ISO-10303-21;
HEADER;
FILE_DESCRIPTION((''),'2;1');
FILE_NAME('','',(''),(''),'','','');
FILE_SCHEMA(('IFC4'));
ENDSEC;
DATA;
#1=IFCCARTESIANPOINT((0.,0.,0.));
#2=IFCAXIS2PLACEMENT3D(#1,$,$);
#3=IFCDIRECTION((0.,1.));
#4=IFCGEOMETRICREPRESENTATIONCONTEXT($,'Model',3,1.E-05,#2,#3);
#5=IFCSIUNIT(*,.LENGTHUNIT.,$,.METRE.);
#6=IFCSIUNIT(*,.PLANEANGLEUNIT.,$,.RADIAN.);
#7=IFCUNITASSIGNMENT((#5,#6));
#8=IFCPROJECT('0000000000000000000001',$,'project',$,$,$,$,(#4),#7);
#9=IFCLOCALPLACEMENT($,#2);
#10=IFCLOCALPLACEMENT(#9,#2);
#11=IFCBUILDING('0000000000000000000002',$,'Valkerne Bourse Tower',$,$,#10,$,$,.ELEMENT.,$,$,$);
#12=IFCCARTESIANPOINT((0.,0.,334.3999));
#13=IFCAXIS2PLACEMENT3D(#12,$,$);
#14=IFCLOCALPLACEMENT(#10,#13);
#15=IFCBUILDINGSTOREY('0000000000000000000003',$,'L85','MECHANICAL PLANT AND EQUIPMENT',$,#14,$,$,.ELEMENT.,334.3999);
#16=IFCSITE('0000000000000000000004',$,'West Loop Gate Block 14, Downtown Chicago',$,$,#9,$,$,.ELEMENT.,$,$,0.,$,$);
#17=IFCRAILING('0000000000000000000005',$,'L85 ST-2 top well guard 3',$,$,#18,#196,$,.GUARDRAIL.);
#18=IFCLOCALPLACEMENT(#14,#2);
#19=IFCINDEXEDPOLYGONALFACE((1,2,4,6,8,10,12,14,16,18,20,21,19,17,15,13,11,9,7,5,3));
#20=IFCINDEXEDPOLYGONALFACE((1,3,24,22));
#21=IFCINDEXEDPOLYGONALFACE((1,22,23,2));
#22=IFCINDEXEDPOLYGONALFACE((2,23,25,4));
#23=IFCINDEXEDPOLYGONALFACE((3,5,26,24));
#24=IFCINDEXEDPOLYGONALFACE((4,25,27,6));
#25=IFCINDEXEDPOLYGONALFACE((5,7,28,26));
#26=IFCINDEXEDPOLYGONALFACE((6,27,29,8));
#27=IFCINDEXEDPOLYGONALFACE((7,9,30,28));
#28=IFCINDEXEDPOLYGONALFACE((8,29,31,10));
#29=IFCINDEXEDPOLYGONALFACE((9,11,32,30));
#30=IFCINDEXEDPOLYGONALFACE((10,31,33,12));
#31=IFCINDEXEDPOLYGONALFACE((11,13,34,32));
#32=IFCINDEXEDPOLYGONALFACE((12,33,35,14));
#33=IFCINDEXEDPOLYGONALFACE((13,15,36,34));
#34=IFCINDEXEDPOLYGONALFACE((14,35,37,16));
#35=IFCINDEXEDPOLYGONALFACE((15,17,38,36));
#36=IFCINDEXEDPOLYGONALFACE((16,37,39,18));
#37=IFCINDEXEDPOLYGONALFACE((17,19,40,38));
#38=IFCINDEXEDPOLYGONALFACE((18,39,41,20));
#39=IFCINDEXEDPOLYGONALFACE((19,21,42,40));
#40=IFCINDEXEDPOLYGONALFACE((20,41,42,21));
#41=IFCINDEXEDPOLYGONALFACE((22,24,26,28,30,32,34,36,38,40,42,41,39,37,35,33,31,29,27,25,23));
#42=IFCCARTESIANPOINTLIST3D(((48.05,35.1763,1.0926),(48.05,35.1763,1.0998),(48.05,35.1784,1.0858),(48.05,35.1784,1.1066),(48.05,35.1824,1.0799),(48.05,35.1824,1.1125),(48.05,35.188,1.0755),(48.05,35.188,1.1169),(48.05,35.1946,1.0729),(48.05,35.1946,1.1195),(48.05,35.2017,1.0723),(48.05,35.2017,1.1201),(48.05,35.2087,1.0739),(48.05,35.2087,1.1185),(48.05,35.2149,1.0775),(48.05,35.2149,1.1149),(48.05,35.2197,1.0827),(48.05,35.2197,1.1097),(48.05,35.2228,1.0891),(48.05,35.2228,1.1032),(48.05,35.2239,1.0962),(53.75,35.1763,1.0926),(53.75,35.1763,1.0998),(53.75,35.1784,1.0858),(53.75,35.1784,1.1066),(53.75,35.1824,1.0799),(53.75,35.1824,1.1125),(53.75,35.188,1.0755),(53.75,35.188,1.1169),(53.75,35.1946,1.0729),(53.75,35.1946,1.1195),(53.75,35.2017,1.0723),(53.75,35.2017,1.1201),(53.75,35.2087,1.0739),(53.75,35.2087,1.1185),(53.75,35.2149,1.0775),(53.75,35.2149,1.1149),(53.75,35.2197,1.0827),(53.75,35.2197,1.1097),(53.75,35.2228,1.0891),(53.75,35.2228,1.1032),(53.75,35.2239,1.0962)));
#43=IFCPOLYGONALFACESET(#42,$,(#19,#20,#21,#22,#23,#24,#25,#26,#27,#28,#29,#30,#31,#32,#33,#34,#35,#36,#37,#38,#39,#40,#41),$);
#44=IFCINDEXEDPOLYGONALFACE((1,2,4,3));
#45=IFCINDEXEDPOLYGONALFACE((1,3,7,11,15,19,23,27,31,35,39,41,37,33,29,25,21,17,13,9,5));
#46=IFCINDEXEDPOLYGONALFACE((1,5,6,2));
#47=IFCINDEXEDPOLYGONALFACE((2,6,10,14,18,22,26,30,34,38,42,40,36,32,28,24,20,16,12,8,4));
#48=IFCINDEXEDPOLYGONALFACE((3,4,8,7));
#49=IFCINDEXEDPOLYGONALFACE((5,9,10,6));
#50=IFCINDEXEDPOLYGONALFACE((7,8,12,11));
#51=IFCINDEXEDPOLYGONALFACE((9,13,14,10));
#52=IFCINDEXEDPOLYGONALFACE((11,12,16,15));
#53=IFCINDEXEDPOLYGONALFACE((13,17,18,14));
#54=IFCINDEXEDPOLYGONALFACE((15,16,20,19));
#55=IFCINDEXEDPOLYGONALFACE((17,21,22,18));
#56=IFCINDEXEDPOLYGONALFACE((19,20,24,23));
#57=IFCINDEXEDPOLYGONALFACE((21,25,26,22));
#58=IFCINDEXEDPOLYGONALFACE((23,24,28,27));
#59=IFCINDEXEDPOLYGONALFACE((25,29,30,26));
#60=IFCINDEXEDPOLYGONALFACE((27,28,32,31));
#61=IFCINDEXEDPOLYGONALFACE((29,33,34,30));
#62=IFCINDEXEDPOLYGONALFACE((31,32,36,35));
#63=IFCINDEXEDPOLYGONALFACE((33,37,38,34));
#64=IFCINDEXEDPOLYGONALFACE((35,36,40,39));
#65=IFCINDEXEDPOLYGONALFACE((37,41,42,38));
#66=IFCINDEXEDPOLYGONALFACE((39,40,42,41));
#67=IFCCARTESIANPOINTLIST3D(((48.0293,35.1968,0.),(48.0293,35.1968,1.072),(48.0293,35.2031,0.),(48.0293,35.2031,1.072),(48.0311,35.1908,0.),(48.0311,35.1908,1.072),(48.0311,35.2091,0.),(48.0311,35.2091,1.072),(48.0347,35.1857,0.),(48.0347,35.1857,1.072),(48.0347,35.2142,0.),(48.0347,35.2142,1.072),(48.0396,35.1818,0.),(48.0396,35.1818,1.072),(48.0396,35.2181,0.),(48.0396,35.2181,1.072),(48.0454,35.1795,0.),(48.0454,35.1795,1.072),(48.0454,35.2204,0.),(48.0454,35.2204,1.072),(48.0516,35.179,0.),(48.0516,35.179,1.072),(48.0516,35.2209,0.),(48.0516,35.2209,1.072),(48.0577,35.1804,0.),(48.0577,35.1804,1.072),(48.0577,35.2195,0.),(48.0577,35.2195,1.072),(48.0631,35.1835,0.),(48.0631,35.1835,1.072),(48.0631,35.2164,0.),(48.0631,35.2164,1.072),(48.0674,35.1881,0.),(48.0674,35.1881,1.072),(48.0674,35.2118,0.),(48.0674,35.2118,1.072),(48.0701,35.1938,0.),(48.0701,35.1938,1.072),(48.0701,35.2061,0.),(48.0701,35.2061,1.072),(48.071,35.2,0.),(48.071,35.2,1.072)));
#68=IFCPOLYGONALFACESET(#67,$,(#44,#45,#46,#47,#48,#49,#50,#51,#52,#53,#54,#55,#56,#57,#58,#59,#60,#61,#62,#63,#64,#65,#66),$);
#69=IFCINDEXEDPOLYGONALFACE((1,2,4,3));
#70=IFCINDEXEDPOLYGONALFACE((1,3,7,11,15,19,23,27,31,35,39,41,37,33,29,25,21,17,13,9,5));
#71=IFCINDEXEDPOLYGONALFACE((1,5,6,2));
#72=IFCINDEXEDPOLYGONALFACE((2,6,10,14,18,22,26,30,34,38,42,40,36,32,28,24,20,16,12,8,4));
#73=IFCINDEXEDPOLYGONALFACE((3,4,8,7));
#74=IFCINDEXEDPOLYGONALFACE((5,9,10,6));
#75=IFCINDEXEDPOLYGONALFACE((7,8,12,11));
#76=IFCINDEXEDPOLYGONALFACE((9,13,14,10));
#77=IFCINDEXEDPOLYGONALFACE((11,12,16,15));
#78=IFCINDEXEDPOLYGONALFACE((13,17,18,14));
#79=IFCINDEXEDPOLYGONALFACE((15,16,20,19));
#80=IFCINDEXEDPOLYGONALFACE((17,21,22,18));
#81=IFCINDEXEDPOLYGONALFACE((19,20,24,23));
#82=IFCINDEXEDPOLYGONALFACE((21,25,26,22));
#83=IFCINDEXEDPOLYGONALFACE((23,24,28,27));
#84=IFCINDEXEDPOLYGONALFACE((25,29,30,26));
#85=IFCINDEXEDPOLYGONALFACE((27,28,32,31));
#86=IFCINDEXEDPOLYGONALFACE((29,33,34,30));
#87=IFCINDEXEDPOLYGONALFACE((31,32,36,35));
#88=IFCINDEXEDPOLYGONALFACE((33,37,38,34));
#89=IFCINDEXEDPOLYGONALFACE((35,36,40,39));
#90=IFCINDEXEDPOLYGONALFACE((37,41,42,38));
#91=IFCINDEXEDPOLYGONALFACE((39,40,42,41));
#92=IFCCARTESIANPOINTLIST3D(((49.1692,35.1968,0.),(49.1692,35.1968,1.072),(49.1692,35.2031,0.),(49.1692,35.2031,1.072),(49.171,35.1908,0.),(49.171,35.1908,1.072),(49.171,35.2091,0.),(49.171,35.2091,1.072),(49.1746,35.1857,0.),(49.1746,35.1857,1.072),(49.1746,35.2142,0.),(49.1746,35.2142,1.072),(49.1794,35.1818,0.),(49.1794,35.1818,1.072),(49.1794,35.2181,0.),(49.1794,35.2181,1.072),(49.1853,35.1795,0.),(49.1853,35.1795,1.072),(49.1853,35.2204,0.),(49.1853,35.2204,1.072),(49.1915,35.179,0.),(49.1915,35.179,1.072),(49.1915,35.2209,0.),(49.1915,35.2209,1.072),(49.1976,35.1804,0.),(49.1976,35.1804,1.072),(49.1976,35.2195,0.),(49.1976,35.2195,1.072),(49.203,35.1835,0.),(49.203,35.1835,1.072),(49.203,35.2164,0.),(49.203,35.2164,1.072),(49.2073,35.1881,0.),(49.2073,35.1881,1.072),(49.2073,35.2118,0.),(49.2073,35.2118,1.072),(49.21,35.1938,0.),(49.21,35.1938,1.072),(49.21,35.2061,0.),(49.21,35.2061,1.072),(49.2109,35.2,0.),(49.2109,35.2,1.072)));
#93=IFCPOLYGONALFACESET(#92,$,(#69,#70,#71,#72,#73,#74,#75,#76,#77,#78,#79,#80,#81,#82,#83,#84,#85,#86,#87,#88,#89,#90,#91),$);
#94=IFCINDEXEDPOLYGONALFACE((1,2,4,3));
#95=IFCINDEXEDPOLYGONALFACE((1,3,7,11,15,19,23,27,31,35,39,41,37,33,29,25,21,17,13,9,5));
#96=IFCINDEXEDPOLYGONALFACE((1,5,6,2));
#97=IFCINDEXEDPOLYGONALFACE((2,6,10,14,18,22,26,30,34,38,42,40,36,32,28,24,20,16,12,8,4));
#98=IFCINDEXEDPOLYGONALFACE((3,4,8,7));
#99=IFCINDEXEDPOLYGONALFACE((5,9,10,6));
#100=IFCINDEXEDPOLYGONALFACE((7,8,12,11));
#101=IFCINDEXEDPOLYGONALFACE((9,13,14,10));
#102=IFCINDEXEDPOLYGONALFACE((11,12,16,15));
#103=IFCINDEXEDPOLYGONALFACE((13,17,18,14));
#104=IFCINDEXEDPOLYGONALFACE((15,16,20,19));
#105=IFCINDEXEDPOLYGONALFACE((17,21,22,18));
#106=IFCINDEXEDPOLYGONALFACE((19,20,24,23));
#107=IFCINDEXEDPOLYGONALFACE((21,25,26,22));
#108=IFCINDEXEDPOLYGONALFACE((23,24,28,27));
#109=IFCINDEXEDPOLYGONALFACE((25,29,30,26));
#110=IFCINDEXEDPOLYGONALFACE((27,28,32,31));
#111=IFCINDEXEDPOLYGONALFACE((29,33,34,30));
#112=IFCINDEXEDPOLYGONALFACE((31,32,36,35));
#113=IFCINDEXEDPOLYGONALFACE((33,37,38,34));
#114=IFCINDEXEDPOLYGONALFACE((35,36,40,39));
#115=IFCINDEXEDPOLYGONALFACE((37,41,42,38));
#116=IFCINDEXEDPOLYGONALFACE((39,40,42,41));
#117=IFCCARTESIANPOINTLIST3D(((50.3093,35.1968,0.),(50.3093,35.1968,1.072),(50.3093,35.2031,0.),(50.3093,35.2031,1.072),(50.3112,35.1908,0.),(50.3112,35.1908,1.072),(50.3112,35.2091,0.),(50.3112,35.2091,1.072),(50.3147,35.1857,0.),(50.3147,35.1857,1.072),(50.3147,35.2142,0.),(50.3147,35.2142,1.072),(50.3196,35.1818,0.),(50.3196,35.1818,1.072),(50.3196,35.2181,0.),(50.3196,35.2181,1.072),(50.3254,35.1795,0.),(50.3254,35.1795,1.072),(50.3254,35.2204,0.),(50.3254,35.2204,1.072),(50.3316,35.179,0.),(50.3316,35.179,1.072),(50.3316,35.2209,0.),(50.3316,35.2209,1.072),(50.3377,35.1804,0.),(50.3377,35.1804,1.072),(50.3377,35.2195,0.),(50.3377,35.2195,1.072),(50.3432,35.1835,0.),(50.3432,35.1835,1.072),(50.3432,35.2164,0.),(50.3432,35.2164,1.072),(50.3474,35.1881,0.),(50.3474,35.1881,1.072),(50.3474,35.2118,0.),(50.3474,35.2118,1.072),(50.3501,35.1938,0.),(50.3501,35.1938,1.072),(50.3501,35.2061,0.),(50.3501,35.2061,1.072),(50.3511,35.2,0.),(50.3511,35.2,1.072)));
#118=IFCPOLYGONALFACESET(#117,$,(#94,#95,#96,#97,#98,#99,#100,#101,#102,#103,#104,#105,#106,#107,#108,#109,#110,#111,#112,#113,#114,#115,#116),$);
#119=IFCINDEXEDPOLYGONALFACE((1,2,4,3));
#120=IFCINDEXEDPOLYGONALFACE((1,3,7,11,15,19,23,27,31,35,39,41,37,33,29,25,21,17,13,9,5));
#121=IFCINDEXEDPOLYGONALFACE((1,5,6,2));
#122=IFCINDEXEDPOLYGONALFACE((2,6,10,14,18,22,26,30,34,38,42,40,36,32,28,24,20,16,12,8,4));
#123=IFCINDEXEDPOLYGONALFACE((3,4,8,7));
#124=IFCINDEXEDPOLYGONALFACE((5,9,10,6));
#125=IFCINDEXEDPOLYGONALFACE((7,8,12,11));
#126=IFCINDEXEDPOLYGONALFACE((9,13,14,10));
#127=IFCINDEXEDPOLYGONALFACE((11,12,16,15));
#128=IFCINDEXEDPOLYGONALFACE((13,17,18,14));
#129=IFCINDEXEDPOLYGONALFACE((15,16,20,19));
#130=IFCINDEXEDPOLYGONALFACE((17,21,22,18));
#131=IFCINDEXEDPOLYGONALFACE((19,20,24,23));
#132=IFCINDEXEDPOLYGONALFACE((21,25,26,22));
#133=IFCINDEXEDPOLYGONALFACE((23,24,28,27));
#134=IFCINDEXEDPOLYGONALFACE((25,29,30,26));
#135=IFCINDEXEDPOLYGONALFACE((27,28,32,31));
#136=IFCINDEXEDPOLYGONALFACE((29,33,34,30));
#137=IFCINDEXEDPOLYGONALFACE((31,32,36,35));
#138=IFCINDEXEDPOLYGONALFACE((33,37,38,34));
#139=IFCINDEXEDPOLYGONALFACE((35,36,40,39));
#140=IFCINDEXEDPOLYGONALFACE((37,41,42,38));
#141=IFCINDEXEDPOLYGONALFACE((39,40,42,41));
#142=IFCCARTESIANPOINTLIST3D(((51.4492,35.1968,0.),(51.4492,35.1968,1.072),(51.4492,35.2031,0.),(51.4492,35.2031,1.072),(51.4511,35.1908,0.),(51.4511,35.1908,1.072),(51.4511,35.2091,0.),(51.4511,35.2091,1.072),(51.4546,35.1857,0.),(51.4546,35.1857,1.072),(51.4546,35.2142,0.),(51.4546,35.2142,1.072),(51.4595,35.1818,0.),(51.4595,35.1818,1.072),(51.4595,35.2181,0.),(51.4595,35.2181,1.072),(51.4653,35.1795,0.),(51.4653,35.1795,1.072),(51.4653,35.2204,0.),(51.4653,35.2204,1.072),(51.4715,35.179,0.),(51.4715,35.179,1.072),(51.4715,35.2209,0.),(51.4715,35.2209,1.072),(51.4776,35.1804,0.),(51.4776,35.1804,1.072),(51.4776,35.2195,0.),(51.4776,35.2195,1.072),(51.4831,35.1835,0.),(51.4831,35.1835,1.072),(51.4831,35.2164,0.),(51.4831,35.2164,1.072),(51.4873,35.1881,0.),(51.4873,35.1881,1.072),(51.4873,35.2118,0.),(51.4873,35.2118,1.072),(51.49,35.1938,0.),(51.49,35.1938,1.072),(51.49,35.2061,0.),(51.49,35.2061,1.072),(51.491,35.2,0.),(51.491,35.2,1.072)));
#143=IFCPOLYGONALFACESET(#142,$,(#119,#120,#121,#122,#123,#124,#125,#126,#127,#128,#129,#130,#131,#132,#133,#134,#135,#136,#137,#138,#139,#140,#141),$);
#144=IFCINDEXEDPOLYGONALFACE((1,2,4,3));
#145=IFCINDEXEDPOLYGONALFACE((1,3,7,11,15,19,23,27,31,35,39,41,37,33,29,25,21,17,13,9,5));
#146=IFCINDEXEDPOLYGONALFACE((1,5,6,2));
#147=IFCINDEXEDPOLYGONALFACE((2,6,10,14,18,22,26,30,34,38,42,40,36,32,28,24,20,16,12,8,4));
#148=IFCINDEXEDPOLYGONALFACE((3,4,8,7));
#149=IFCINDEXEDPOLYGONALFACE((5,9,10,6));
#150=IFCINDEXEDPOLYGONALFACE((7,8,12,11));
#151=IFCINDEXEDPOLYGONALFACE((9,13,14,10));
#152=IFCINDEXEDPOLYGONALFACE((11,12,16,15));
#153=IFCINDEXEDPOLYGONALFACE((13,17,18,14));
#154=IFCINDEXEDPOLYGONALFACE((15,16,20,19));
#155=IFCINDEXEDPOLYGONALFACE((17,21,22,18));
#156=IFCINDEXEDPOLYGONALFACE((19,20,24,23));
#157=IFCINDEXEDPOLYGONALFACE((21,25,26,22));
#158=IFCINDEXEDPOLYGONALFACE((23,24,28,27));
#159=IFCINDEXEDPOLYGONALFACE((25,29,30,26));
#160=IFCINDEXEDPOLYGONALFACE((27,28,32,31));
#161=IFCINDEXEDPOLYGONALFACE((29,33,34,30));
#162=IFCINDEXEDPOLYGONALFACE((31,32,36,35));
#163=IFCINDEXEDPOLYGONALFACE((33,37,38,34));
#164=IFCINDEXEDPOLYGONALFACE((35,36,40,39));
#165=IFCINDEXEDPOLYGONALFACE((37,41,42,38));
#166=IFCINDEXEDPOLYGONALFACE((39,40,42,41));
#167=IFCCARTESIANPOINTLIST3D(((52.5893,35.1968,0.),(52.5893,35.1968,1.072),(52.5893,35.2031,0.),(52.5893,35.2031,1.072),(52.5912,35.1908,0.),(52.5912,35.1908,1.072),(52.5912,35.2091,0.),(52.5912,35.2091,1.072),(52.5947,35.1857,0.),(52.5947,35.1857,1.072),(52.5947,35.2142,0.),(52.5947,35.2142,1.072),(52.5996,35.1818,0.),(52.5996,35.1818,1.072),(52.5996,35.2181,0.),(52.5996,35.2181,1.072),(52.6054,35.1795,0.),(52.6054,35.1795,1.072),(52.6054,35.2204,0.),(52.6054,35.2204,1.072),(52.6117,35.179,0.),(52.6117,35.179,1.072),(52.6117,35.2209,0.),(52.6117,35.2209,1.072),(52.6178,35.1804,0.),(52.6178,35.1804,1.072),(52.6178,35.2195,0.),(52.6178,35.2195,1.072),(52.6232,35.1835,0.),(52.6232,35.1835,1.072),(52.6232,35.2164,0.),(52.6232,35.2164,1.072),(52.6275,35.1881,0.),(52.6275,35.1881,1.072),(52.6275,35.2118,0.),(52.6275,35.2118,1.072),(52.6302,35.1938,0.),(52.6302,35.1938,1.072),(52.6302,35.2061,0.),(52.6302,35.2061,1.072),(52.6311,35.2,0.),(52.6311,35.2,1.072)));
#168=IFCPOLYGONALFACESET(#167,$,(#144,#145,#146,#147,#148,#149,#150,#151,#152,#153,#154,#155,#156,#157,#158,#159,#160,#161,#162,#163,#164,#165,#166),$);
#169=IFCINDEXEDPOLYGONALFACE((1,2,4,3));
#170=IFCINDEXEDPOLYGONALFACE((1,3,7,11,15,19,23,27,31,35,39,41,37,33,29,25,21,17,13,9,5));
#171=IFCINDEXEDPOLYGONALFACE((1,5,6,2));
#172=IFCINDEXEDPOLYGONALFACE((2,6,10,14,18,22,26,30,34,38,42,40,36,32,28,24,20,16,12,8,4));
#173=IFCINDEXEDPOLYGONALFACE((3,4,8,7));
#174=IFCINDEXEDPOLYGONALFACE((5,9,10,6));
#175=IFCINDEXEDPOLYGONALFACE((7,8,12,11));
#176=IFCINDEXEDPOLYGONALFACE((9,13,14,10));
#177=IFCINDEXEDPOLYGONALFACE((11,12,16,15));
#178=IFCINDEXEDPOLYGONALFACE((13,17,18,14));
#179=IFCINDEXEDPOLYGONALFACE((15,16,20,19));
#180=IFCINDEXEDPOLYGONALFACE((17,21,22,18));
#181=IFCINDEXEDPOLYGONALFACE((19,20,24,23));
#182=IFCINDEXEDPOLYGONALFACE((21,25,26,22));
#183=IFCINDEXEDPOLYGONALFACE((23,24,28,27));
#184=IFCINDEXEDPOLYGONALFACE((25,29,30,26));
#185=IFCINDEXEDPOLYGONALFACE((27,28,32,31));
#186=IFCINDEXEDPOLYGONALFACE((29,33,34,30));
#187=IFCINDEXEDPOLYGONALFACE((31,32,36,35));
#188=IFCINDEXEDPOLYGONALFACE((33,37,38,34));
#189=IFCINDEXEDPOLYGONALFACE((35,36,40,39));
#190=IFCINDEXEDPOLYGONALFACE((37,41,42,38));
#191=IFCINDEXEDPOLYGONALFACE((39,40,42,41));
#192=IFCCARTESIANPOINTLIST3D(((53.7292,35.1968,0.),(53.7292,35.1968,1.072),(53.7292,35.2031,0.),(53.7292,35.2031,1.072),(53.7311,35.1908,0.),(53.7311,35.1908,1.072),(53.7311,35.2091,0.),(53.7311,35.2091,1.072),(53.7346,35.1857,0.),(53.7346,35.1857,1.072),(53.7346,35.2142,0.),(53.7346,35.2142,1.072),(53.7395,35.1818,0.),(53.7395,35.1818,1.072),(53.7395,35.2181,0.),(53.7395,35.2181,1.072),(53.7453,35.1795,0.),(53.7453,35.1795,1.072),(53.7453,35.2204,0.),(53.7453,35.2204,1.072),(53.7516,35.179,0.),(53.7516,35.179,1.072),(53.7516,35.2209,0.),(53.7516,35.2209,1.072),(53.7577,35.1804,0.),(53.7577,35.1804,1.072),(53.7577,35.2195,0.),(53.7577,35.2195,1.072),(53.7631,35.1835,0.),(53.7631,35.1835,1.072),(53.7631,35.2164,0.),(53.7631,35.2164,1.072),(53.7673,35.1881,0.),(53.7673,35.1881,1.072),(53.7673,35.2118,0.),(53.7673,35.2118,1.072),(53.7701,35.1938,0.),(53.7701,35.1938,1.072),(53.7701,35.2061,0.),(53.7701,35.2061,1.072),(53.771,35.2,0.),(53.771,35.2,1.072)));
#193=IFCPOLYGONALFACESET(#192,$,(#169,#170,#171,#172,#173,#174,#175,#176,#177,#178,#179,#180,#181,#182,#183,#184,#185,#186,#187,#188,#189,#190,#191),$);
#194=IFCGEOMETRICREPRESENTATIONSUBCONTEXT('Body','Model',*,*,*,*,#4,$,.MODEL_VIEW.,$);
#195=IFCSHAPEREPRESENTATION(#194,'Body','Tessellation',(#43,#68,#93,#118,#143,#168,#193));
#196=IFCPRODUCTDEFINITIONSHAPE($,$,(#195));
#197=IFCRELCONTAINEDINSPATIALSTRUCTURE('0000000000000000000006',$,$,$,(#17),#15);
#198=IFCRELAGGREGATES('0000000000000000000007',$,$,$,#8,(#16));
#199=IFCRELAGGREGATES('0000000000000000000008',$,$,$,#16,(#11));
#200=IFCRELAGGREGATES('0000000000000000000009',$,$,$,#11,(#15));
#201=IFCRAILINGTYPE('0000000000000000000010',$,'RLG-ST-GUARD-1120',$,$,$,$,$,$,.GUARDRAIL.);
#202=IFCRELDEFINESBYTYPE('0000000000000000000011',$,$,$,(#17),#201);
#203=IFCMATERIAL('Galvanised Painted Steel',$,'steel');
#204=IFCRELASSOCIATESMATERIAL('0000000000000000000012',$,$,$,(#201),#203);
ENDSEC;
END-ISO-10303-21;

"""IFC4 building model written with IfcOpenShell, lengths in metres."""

from ifc_helpers import new_model, si_unit, direction, frame, origin, origin_2d, place, context, subcontext, project, spatial, circle, extrude, material, type_object, element, save


model = new_model("IFC4")

# Units and contexts
model_context = context("Model", 3, precision=1e-05, world=origin(), true_north=direction((0.0, 1.0)))
body_context = subcontext(model_context, "Body", "Model", "MODEL_VIEW")
ifc_project = project(units=[si_unit("LENGTHUNIT", "METRE"), si_unit("PLANEANGLEUNIT", "RADIAN")], contexts=[model_context])

# Site, building, storey
site_placement = place(None, origin())
site = spatial("IfcSite", under=ifc_project, at=site_placement, Name="West Loop Gate Block 14, Downtown Chicago", CompositionType="ELEMENT", RefElevation=0.0)
building_placement = place(site_placement, origin())
building = spatial("IfcBuilding", under=site, at=building_placement, Name="Valkerne Bourse Tower", CompositionType="ELEMENT")
storey_placement = place(building_placement, frame((0.0, 0.0, 334.3999)))
storey = spatial("IfcBuildingStorey", under=building, at=storey_placement, Name="L85", Description="MECHANICAL PLANT AND EQUIPMENT", CompositionType="ELEMENT", Elevation=334.3999)

# Railing
ifc_material_1 = material(Name="Galvanised Painted Steel", Category="steel")
railing_type = type_object("IfcRailingType", Name="RLG-ST-GUARD-1120", PredefinedType="GUARDRAIL", material=ifc_material_1)
for number, where, name in (
    (1, (48.05, 35.2, 0.0), "L85 ST-2 top well guard 3"),
):
    element("IfcRailing", number, at=place(storey_placement, frame(where)), inside=storey, type_object=railing_type, Name=name, PredefinedType="GUARDRAIL", context=body_context, shape_type="SweptSolid", body=[
        extrude(circle(Radius=0.0239, at=origin_2d()), frame((0.0, 0.0, 1.0962), z_axis=(1.0, 0.0, 0.0), x_axis=(0.0, 1.0, 0.0)), (0.0, 0.0, 1.0), 5.7),
        extrude(circle(Radius=0.021, at=origin_2d()), origin(), (0.0, 0.0, 1.0), 1.072),
        extrude(circle(Radius=0.021, at=origin_2d()), frame((1.1399, 0.0, 0.0)), (0.0, 0.0, 1.0), 1.072),
        extrude(circle(Radius=0.021, at=origin_2d()), frame((2.28, 0.0, 0.0)), (0.0, 0.0, 1.0), 1.072),
        extrude(circle(Radius=0.021, at=origin_2d()), frame((3.4199, 0.0, 0.0)), (0.0, 0.0, 1.0), 1.072),
        extrude(circle(Radius=0.021, at=origin_2d()), frame((4.5601, 0.0, 0.0)), (0.0, 0.0, 1.0), 1.072),
        extrude(circle(Radius=0.021, at=origin_2d()), frame((5.7, 0.0, 0.0)), (0.0, 0.0, 1.0), 1.072),
    ])

save(model, "model.ifc")
